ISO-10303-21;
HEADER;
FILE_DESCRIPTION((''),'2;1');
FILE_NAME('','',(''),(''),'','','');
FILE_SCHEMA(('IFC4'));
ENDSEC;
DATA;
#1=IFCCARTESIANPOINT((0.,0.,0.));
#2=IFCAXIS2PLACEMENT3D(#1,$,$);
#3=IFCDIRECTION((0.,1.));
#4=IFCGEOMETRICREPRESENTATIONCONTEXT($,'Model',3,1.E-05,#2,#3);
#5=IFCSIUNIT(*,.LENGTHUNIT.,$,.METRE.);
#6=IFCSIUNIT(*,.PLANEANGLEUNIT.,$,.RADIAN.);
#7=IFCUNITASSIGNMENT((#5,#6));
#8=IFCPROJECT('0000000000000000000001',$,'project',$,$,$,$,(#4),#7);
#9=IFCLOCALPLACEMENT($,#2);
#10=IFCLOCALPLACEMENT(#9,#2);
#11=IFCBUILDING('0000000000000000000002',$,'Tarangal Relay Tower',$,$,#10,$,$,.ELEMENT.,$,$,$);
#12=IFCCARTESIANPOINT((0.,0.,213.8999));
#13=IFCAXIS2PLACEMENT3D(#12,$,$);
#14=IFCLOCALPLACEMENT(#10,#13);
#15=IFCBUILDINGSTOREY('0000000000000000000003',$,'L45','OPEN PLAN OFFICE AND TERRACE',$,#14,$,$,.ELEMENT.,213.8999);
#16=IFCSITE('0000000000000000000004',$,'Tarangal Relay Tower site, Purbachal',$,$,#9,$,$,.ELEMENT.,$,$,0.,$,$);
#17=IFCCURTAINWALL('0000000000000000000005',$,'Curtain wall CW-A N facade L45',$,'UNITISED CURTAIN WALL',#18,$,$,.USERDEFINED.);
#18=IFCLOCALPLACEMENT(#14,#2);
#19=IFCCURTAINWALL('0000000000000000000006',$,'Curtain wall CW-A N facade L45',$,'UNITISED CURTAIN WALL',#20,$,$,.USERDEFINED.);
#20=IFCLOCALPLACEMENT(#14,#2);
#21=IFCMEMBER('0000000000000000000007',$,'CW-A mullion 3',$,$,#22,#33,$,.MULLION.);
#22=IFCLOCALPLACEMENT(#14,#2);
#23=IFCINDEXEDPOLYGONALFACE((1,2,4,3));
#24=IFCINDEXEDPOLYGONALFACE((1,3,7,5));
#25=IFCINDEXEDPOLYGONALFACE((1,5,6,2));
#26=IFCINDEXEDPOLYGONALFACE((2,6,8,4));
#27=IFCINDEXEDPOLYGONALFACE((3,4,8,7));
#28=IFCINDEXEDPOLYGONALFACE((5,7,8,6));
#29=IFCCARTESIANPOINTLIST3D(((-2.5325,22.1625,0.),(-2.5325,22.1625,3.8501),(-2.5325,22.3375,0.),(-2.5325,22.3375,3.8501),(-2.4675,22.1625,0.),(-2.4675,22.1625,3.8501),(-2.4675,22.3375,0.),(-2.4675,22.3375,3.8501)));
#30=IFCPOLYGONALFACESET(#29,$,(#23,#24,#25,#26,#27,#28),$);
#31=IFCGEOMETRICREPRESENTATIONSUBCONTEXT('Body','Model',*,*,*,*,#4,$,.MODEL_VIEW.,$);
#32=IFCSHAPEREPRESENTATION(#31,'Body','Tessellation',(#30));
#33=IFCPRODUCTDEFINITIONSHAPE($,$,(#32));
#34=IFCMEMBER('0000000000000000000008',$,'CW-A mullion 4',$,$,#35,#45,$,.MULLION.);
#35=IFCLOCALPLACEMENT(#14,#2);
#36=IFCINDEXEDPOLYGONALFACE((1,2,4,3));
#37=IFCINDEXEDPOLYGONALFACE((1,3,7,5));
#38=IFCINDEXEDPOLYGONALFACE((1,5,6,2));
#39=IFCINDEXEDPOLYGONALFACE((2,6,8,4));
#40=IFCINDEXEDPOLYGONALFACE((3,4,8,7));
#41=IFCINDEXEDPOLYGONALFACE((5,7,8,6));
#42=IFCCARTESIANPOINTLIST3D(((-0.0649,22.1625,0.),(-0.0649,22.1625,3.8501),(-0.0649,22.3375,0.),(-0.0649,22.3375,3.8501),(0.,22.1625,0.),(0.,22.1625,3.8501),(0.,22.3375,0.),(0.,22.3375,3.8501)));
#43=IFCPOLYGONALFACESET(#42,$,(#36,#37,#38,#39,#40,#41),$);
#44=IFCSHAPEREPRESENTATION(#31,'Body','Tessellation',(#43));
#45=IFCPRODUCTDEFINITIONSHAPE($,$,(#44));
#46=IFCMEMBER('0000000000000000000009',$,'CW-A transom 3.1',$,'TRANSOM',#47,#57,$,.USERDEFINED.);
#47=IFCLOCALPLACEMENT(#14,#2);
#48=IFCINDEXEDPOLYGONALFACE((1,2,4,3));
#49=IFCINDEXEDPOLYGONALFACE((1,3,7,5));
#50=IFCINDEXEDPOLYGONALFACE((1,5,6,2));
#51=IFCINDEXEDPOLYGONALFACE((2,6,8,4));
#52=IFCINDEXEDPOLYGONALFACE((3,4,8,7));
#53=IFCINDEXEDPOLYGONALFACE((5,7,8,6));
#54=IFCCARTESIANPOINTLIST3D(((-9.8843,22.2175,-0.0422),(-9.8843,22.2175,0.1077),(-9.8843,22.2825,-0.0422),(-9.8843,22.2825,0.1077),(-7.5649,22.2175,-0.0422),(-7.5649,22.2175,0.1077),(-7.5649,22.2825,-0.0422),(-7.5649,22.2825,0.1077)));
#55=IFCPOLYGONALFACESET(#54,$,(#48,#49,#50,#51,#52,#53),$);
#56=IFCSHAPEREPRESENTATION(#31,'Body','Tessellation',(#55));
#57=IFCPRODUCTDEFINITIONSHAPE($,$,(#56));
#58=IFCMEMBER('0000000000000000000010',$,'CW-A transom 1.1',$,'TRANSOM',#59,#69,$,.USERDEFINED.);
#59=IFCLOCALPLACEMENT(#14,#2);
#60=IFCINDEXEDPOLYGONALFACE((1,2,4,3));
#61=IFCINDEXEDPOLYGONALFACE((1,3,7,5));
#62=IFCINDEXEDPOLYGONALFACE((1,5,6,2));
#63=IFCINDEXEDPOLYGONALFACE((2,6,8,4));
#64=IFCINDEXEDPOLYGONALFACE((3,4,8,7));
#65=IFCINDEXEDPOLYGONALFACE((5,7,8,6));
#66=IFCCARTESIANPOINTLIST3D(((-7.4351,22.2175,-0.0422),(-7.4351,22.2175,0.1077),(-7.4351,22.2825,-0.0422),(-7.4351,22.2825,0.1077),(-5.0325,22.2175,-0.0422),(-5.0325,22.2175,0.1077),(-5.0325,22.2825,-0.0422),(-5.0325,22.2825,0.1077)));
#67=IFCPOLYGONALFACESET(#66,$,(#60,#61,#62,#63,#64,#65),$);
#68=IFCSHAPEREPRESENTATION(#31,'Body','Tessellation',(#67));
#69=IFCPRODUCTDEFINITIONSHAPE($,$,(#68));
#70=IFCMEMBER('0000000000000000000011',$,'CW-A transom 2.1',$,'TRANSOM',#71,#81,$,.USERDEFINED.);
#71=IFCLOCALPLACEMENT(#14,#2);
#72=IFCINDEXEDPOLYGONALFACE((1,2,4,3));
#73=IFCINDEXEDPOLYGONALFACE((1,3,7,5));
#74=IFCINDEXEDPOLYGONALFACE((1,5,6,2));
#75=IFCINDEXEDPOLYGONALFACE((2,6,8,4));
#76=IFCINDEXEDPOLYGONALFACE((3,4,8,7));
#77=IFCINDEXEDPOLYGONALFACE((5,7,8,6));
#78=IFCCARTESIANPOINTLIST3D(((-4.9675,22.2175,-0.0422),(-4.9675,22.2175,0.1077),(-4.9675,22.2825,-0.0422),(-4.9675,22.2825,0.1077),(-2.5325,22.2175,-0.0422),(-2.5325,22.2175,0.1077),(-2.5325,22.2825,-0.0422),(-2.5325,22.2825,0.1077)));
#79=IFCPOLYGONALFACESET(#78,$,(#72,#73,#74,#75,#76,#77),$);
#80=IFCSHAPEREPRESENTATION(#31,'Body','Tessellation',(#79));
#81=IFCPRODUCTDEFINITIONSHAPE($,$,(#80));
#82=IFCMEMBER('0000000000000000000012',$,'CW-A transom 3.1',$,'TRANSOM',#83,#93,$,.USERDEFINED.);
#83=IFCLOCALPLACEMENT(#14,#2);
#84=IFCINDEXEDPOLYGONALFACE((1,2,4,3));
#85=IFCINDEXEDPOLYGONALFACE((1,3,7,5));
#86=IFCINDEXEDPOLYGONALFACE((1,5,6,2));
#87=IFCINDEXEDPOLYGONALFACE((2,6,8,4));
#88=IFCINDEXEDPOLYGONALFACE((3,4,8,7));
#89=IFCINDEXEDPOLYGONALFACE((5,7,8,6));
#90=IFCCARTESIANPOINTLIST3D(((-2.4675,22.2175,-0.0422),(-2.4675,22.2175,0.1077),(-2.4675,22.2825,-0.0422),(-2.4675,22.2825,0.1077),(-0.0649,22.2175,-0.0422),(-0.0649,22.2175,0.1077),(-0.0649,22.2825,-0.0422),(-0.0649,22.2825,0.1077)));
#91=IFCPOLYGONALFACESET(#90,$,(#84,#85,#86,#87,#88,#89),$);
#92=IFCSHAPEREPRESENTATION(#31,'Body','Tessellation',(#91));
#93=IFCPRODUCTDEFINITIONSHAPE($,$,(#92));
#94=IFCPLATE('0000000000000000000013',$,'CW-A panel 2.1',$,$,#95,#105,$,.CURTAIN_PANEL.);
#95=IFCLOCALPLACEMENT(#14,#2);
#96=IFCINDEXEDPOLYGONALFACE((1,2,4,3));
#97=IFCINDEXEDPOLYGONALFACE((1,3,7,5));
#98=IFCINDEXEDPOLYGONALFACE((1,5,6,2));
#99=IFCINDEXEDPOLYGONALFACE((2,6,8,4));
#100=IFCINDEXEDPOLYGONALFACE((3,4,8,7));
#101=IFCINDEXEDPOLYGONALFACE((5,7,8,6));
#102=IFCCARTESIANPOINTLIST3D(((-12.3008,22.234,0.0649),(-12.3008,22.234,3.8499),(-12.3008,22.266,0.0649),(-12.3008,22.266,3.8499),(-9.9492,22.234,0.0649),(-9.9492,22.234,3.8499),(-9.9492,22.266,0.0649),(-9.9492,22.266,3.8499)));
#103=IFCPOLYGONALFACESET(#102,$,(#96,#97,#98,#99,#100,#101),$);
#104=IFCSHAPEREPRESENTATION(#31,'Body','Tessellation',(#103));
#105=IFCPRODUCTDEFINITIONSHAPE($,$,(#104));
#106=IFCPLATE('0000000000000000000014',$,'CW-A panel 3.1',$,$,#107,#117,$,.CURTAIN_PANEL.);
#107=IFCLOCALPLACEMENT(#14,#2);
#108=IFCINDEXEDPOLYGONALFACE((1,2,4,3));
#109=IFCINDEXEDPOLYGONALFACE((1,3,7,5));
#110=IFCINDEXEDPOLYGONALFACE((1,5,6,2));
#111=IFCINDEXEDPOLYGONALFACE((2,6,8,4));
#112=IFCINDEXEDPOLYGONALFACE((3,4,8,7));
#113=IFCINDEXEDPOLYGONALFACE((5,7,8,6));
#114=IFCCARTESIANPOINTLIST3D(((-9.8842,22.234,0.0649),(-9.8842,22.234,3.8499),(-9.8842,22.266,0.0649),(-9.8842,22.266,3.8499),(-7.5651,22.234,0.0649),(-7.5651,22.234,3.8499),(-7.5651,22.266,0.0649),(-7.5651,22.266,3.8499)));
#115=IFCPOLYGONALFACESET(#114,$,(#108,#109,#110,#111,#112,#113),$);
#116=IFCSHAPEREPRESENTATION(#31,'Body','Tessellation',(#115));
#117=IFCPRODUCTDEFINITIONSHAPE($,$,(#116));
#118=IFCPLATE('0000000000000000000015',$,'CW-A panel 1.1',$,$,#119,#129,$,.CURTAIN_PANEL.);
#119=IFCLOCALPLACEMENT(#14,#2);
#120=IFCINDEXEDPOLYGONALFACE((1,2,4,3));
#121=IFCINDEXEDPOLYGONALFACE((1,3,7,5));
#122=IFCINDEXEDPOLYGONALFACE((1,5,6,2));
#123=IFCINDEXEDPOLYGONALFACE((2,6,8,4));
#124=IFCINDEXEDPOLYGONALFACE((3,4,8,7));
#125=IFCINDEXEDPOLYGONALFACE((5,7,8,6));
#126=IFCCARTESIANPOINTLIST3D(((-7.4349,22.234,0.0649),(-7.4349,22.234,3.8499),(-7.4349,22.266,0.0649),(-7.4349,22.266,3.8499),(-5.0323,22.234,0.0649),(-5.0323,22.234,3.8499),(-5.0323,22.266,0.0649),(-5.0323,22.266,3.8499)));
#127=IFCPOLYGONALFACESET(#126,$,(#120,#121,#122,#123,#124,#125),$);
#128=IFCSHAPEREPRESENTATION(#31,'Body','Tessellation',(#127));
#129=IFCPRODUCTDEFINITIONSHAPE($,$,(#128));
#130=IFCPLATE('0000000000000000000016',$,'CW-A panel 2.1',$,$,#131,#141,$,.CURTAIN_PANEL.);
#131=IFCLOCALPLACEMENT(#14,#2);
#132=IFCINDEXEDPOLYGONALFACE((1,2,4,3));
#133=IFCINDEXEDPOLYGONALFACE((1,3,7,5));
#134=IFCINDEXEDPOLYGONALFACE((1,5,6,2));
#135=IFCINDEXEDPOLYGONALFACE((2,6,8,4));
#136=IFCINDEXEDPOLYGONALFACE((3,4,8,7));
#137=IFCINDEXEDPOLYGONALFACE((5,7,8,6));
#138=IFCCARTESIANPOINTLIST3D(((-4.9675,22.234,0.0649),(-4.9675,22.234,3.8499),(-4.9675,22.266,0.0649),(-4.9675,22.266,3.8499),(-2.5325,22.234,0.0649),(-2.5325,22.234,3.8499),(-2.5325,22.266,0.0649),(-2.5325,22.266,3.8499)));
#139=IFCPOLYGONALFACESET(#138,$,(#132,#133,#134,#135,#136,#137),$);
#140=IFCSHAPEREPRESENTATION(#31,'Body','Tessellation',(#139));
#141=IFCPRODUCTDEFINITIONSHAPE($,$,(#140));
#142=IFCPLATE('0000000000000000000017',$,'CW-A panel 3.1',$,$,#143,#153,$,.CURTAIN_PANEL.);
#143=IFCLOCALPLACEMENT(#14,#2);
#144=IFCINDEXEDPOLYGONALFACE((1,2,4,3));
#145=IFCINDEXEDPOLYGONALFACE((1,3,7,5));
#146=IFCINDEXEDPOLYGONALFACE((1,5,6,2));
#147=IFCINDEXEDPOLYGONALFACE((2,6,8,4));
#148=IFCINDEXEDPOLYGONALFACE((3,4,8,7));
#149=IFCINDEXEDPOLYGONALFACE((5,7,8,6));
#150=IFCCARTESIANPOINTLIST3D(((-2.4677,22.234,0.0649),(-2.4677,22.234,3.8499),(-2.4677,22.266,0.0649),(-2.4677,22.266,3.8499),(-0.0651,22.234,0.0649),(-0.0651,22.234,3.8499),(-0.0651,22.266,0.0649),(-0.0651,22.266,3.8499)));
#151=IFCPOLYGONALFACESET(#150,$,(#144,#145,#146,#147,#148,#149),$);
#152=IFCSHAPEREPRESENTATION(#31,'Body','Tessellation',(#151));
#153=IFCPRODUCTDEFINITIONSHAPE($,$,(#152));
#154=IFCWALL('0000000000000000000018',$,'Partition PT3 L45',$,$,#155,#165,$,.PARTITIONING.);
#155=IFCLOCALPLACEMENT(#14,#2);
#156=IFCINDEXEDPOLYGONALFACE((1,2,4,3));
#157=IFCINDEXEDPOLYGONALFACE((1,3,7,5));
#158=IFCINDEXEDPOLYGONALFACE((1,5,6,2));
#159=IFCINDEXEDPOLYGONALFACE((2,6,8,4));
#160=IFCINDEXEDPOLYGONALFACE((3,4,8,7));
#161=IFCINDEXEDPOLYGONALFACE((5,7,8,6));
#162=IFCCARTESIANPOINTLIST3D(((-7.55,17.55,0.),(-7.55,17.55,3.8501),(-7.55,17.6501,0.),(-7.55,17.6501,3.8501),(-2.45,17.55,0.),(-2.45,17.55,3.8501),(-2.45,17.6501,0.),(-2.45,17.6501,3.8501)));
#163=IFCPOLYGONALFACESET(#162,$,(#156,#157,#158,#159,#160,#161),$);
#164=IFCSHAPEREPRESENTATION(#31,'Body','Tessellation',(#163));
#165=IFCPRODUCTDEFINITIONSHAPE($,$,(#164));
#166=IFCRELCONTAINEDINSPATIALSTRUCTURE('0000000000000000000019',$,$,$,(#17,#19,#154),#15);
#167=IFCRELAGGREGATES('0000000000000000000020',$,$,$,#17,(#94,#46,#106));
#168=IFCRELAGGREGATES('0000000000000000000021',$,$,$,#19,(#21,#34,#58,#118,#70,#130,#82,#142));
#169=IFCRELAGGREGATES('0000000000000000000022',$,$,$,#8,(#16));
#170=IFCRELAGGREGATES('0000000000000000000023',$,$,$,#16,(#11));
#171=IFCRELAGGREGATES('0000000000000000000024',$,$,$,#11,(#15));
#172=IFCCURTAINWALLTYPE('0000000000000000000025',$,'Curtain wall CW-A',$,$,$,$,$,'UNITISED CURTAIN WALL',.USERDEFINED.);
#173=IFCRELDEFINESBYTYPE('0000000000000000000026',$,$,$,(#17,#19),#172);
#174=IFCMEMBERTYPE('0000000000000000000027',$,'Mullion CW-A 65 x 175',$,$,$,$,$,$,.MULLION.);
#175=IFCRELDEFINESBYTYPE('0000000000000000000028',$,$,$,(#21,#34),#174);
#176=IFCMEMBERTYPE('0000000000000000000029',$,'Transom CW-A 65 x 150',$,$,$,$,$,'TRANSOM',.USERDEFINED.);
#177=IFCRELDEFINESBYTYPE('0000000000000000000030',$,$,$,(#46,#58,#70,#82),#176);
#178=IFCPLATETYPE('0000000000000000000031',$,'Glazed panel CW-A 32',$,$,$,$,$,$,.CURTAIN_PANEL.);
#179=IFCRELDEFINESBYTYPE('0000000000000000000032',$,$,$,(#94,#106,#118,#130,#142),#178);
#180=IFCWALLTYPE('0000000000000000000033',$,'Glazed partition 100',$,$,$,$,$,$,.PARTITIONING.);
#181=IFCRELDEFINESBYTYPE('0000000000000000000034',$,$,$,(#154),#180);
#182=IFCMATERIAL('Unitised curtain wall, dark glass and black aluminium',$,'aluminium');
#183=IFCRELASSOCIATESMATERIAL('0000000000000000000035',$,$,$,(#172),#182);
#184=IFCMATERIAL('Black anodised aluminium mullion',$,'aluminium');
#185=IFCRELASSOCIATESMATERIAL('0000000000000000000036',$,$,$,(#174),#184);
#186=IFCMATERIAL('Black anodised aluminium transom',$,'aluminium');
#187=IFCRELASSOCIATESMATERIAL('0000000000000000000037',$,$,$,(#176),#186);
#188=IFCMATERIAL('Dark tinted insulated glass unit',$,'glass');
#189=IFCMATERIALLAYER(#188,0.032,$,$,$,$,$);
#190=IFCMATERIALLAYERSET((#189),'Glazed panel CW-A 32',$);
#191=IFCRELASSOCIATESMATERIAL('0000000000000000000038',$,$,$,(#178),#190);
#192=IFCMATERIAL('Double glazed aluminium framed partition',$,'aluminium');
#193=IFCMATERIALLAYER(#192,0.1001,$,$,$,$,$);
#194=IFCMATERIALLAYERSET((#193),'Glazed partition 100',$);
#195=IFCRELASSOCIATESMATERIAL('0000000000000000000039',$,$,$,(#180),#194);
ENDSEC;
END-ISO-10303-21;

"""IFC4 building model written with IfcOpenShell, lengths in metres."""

from ifc_helpers import new_model, si_unit, direction, frame, frame_2d, origin, origin_2d, place, context, subcontext, project, spatial, rectangle, extrude, material, layer, layer_set, material_profile, profile_set, type_object, element, aggregate, save


model = new_model("IFC4")

# Units and contexts
model_context = context("Model", 3, precision=1e-05, world=origin(), true_north=direction((0.0, 1.0)))
body_context = subcontext(model_context, "Body", "Model", "MODEL_VIEW")
ifc_project = project(units=[si_unit("LENGTHUNIT", "METRE"), si_unit("PLANEANGLEUNIT", "RADIAN")], contexts=[model_context])

# Site, building, storey
site_placement = place(None, origin())
site = spatial("IfcSite", under=ifc_project, at=site_placement, Name="Tarangal Relay Tower site, Purbachal", CompositionType="ELEMENT", RefElevation=0.0)
building_placement = place(site_placement, origin())
building = spatial("IfcBuilding", under=site, at=building_placement, Name="Tarangal Relay Tower", CompositionType="ELEMENT")
storey_placement = place(building_placement, frame((0.0, 0.0, 213.8999)))
storey = spatial("IfcBuildingStorey", under=building, at=storey_placement, Name="L45", Description="OPEN PLAN OFFICE AND TERRACE", CompositionType="ELEMENT", Elevation=213.8999)

# Curtain walls, members
ifc_material_1 = material(Name="Unitised curtain wall, dark glass and black aluminium", Category="aluminium")
curtain_wall_type = type_object("IfcCurtainWallType", Name="Curtain wall CW-A", ElementType="UNITISED CURTAIN WALL", PredefinedType="USERDEFINED", material=ifc_material_1)
curtain_wall_1_placement = place(storey_placement, origin())
curtain_wall_1 = element("IfcCurtainWall", 1, at=curtain_wall_1_placement, inside=storey, type_object=curtain_wall_type, Name="Curtain wall CW-A N facade L45", ObjectType="UNITISED CURTAIN WALL", PredefinedType="USERDEFINED")
ifc_material_2 = material(Name="Black anodised aluminium mullion", Category="aluminium")
ifc_material_profile_1 = material_profile(ifc_material_2, rectangle(XDim=0.175, YDim=0.0649, at=origin_2d()), Name="CW-AM 65X175")
ifc_profile_set_1 = profile_set([ifc_material_profile_1], Name="Black anodised aluminium mullion")
member_type_1 = type_object("IfcMemberType", Name="Mullion CW-A 65 x 175", PredefinedType="MULLION", material=ifc_profile_set_1)
curtain_wall_2_placement = place(storey_placement, origin())
curtain_wall_2 = element("IfcCurtainWall", 2, at=curtain_wall_2_placement, inside=storey, type_object=curtain_wall_type, Name="Curtain wall CW-A N facade L45", ObjectType="UNITISED CURTAIN WALL", PredefinedType="USERDEFINED")
member_1_placement = place(storey_placement, frame((-2.5, 22.25, 0.0), z_axis=(0.0, 0.0, 1.0), x_axis=(0.0, 1.0, 0.0)))
member_1 = element("IfcMember", 3, at=member_1_placement, type_object=member_type_1, Name="CW-A mullion 3", PredefinedType="MULLION", context=body_context, shape_type="SweptSolid", body=[
    extrude(rectangle(XDim=0.175, YDim=0.0649, at=origin_2d()), origin(), (0.0, 0.0, 1.0), 3.8501),
])
member_2_placement = place(storey_placement, frame((-0.0325, 22.25, 0.0), z_axis=(0.0, 0.0, 1.0), x_axis=(0.0, 1.0, 0.0)))
member_2 = element("IfcMember", 4, at=member_2_placement, type_object=member_type_1, Name="CW-A mullion 4", PredefinedType="MULLION", context=body_context, shape_type="SweptSolid", body=[
    extrude(rectangle(XDim=0.175, YDim=0.0649, at=origin_2d()), origin(), (0.0, 0.0, 1.0), 3.8501),
])

# Members
ifc_material_3 = material(Name="Black anodised aluminium transom", Category="aluminium")
ifc_material_profile_2 = material_profile(ifc_material_3, rectangle(XDim=0.0649, YDim=0.1499, at=origin_2d()), Name="CW-AT 65X150")
ifc_profile_set_2 = profile_set([ifc_material_profile_2], Name="Black anodised aluminium transom")
member_type_2 = type_object("IfcMemberType", Name="Transom CW-A 65 x 150", ElementType="TRANSOM", PredefinedType="USERDEFINED", material=ifc_profile_set_2)
member_3_placement = place(storey_placement, frame((-9.8843, 22.25, 0.0327), z_axis=(1.0, 0.0, 0.0), x_axis=(0.0, 1.0, 0.0)))
member_3 = element("IfcMember", 5, at=member_3_placement, type_object=member_type_2, Name="CW-A transom 3.1", ObjectType="TRANSOM", PredefinedType="USERDEFINED", context=body_context, shape_type="SweptSolid", body=[
    extrude(rectangle(XDim=0.0649, YDim=0.1499, at=origin_2d()), origin(), (0.0, 0.0, 1.0), 2.3193),
])
member_4_placement = place(storey_placement, frame((-7.4351, 22.25, 0.0327), z_axis=(1.0, 0.0, 0.0), x_axis=(0.0, 1.0, 0.0)))
member_4 = element("IfcMember", 6, at=member_4_placement, type_object=member_type_2, Name="CW-A transom 1.1", ObjectType="TRANSOM", PredefinedType="USERDEFINED", context=body_context, shape_type="SweptSolid", body=[
    extrude(rectangle(XDim=0.0649, YDim=0.1499, at=origin_2d()), origin(), (0.0, 0.0, 1.0), 2.4026),
])
member_5_placement = place(storey_placement, frame((-4.9675, 22.25, 0.0327), z_axis=(1.0, 0.0, 0.0), x_axis=(0.0, 1.0, 0.0)))
member_5 = element("IfcMember", 7, at=member_5_placement, type_object=member_type_2, Name="CW-A transom 2.1", ObjectType="TRANSOM", PredefinedType="USERDEFINED", context=body_context, shape_type="SweptSolid", body=[
    extrude(rectangle(XDim=0.0649, YDim=0.1499, at=origin_2d()), origin(), (0.0, 0.0, 1.0), 2.4351),
])
member_6_placement = place(storey_placement, frame((-2.4675, 22.25, 0.0327), z_axis=(1.0, 0.0, 0.0), x_axis=(0.0, 1.0, 0.0)))
member_6 = element("IfcMember", 8, at=member_6_placement, type_object=member_type_2, Name="CW-A transom 3.1", ObjectType="TRANSOM", PredefinedType="USERDEFINED", context=body_context, shape_type="SweptSolid", body=[
    extrude(rectangle(XDim=0.0649, YDim=0.1499, at=origin_2d()), origin(), (0.0, 0.0, 1.0), 2.4026),
])

# Plates
ifc_material_4 = material(Name="Dark tinted insulated glass unit", Category="glass")
ifc_layer_1 = layer(ifc_material_4, 0.032)
ifc_layer_set_1 = layer_set([ifc_layer_1], Name="Glazed panel CW-A 32")
plate_type = type_object("IfcPlateType", Name="Glazed panel CW-A 32", PredefinedType="CURTAIN_PANEL", material=ifc_layer_set_1)
plate_1_placement = place(storey_placement, frame((-11.125, 22.25, 0.0649), z_axis=(0.0, 0.0, 1.0), x_axis=(1.0, 0.0, 0.0)))
plate_1 = element("IfcPlate", 9, at=plate_1_placement, type_object=plate_type, Name="CW-A panel 2.1", PredefinedType="CURTAIN_PANEL", context=body_context, shape_type="SweptSolid", body=[
    extrude(rectangle(XDim=2.3516, YDim=0.032, at=origin_2d()), origin(), (0.0, 0.0, 1.0), 3.7849),
])
plate_2_placement = place(storey_placement, frame((-8.7246, 22.25, 0.0649), z_axis=(0.0, 0.0, 1.0), x_axis=(1.0, 0.0, 0.0)))
plate_2 = element("IfcPlate", 10, at=plate_2_placement, type_object=plate_type, Name="CW-A panel 3.1", PredefinedType="CURTAIN_PANEL", context=body_context, shape_type="SweptSolid", body=[
    extrude(rectangle(XDim=2.3191, YDim=0.032, at=origin_2d()), origin(), (0.0, 0.0, 1.0), 3.7849),
])
aggregate(curtain_wall_1, [plate_1, member_3, plate_2])
plate_3_placement = place(storey_placement, frame((-6.2336, 22.25, 0.0649), z_axis=(0.0, 0.0, 1.0), x_axis=(1.0, 0.0, 0.0)))
plate_3 = element("IfcPlate", 11, at=plate_3_placement, type_object=plate_type, Name="CW-A panel 1.1", PredefinedType="CURTAIN_PANEL", context=body_context, shape_type="SweptSolid", body=[
    extrude(rectangle(XDim=2.4026, YDim=0.032, at=origin_2d()), origin(), (0.0, 0.0, 1.0), 3.7849),
])
plate_4_placement = place(storey_placement, frame((-3.75, 22.25, 0.0649), z_axis=(0.0, 0.0, 1.0), x_axis=(1.0, 0.0, 0.0)))
plate_4 = element("IfcPlate", 12, at=plate_4_placement, type_object=plate_type, Name="CW-A panel 2.1", PredefinedType="CURTAIN_PANEL", context=body_context, shape_type="SweptSolid", body=[
    extrude(rectangle(XDim=2.4351, YDim=0.032, at=origin_2d()), origin(), (0.0, 0.0, 1.0), 3.7849),
])
plate_5_placement = place(storey_placement, frame((-1.2664, 22.25, 0.0649), z_axis=(0.0, 0.0, 1.0), x_axis=(1.0, 0.0, 0.0)))
plate_5 = element("IfcPlate", 13, at=plate_5_placement, type_object=plate_type, Name="CW-A panel 3.1", PredefinedType="CURTAIN_PANEL", context=body_context, shape_type="SweptSolid", body=[
    extrude(rectangle(XDim=2.4026, YDim=0.032, at=origin_2d()), origin(), (0.0, 0.0, 1.0), 3.7849),
])
aggregate(curtain_wall_2, [member_1, member_2, member_4, plate_3, member_5, plate_4, member_6, plate_5])

# Wall
ifc_material_5 = material(Name="Double glazed aluminium framed partition", Category="aluminium")
ifc_layer_2 = layer(ifc_material_5, 0.1001)
ifc_layer_set_2 = layer_set([ifc_layer_2], Name="Glazed partition 100")
wall_type_1 = type_object("IfcWallType", Name="Glazed partition 100", PredefinedType="PARTITIONING", material=ifc_layer_set_2)
wall_1_placement = place(storey_placement, frame((-7.55, 17.6001, 0.0), z_axis=(0.0, 0.0, 1.0), x_axis=(1.0, 0.0, 0.0)))
element("IfcWall", 14, at=wall_1_placement, inside=storey, type_object=wall_type_1, Name="Partition PT3 L45", PredefinedType="PARTITIONING", context=body_context, shape_type="SweptSolid", body=[
    extrude(rectangle(XDim=5.1001, YDim=0.1001, at=frame_2d((2.55, 0.0))), origin(), (0.0, 0.0, 1.0), 3.8501),
])

save(model, "model.ifc")
